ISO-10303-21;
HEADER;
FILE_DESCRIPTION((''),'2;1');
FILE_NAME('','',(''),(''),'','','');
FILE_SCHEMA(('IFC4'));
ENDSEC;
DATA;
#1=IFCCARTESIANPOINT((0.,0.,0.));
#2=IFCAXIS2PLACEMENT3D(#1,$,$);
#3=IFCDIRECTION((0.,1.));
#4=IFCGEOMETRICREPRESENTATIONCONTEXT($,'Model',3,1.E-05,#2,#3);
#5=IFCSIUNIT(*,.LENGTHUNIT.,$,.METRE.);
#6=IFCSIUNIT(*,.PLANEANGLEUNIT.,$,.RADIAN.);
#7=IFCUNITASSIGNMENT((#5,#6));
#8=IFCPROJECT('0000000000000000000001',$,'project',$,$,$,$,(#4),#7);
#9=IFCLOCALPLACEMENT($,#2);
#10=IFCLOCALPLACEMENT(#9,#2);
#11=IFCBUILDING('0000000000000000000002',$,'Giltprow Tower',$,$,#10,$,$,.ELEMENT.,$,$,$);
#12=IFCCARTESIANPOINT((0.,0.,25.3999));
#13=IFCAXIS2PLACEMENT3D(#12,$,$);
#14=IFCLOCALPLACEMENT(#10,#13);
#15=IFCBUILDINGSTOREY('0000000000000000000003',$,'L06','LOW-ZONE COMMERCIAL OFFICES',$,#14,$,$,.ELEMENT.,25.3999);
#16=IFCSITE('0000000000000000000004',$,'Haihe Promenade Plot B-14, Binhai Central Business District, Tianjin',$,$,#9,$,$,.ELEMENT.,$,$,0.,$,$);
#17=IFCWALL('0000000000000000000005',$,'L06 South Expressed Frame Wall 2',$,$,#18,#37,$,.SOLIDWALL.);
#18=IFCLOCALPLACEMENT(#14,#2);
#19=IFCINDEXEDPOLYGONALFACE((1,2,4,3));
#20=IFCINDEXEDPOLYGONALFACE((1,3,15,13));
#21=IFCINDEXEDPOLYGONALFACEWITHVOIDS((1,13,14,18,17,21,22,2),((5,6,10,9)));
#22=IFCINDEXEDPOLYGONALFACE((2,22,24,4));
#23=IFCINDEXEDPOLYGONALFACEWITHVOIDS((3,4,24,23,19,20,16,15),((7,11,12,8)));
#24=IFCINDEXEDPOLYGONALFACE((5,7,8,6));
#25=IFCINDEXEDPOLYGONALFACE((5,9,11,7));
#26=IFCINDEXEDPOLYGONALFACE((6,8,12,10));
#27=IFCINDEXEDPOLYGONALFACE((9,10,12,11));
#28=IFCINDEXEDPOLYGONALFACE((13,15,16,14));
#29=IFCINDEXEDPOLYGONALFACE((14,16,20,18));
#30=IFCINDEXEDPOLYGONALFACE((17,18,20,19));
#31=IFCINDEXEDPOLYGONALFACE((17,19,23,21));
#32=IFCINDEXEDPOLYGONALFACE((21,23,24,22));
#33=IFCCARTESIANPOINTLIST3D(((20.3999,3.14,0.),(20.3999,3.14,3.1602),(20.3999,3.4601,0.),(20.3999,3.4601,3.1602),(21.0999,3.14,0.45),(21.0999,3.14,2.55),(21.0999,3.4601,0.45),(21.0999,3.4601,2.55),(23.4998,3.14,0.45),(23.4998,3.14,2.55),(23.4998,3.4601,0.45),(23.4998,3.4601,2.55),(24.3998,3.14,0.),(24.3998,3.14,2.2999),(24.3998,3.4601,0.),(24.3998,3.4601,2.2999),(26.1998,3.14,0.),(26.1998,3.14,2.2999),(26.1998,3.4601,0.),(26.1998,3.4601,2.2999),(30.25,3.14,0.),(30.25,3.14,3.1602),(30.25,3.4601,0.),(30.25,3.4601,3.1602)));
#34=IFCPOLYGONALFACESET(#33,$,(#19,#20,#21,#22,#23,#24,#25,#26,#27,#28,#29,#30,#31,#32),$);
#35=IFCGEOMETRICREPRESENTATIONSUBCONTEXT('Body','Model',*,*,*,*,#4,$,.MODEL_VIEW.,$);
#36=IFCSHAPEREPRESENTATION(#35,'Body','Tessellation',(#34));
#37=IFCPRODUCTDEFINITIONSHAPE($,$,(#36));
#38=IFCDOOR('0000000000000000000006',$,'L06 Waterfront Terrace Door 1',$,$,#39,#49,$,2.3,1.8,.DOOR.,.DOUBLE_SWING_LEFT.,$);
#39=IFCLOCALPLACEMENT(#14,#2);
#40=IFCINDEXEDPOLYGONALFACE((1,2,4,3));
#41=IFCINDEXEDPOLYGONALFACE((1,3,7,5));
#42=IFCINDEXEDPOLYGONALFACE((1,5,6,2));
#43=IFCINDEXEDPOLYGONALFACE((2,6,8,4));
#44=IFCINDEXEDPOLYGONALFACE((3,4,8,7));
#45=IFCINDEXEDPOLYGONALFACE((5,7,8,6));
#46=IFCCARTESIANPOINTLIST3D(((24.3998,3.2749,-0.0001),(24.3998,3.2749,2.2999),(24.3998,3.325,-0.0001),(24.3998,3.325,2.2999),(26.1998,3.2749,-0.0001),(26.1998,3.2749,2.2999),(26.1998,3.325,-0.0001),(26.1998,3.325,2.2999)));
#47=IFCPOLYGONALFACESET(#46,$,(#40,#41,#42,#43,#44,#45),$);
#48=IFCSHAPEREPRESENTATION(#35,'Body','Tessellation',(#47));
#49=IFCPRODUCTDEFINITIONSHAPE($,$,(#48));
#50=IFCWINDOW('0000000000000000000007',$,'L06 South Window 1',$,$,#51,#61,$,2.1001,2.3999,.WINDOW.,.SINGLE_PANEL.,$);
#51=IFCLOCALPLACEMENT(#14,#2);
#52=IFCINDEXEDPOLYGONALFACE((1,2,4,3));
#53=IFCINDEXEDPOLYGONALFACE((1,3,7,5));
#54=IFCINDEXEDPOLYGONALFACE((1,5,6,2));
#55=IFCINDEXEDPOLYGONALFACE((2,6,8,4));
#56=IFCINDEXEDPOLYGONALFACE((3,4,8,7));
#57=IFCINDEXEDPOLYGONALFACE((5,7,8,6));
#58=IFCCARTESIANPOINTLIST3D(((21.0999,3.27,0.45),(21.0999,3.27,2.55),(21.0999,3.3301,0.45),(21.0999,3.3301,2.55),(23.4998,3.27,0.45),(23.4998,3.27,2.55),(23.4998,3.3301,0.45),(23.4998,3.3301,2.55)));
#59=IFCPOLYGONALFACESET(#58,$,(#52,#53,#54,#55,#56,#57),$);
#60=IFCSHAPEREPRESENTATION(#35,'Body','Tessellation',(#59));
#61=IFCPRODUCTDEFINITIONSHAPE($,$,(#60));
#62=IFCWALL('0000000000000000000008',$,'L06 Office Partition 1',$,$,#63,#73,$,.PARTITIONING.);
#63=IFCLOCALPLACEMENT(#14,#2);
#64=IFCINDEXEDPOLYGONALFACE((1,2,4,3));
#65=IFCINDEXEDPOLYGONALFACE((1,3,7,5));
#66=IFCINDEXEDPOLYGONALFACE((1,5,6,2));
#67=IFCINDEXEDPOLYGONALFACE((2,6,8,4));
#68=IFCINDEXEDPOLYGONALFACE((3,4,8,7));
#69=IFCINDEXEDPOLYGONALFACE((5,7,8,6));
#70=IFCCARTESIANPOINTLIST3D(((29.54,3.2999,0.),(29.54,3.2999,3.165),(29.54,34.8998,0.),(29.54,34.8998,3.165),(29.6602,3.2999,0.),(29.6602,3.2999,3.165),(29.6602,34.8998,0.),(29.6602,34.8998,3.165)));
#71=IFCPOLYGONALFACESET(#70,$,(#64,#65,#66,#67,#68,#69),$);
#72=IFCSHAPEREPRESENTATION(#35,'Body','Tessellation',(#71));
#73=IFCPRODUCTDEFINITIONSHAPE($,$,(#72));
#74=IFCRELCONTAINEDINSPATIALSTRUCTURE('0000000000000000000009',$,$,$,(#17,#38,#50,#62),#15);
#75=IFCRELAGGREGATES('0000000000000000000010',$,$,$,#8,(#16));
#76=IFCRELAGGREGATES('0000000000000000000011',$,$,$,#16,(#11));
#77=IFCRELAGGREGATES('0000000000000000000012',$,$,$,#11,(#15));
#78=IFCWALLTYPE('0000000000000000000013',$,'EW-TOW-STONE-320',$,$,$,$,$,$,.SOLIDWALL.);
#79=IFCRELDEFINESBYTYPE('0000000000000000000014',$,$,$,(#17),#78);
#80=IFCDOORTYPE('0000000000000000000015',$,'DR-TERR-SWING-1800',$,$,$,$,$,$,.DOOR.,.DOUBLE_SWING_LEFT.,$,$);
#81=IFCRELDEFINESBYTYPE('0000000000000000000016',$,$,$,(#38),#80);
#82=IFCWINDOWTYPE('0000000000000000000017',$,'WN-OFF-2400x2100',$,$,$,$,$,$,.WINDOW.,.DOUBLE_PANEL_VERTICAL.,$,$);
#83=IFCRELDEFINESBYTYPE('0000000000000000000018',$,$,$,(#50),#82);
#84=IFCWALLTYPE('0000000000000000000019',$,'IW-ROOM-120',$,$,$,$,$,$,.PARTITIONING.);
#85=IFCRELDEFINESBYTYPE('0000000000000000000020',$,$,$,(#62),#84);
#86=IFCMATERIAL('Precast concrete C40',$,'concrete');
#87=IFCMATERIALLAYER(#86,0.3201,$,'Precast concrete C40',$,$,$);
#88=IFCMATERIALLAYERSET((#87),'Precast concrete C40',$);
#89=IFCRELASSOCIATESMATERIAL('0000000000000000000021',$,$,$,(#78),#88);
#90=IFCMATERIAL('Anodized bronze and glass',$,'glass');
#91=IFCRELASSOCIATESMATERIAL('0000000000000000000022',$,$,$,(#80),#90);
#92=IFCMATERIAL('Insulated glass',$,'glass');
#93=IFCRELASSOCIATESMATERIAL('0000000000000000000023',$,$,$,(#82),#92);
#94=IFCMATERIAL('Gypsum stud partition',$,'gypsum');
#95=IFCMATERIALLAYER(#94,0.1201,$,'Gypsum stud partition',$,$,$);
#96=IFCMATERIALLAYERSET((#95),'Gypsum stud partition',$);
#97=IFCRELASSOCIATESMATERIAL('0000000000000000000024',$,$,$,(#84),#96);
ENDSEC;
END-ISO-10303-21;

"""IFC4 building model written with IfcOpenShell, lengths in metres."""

from ifc_helpers import new_model, si_unit, direction, frame, frame_2d, origin, place, context, subcontext, project, spatial, rectangle, extrude, source, transform, mapped, material, layer, layer_set, type_object, element, fill, save


model = new_model("IFC4")

# Units and contexts
model_context = context("Model", 3, precision=1e-05, world=origin(), true_north=direction((0.0, 1.0)))
body_context = subcontext(model_context, "Body", "Model", "MODEL_VIEW")
ifc_project = project(units=[si_unit("LENGTHUNIT", "METRE"), si_unit("PLANEANGLEUNIT", "RADIAN")], contexts=[model_context])

# Site, building, storey
site_placement = place(None, origin())
site = spatial("IfcSite", under=ifc_project, at=site_placement, Name="Haihe Promenade Plot B-14, Binhai Central Business District, Tianjin", CompositionType="ELEMENT", RefElevation=0.0)
building_placement = place(site_placement, origin())
building = spatial("IfcBuilding", under=site, at=building_placement, Name="Giltprow Tower", CompositionType="ELEMENT")
storey_placement = place(building_placement, frame((0.0, 0.0, 25.3999)))
storey = spatial("IfcBuildingStorey", under=building, at=storey_placement, Name="L06", Description="LOW-ZONE COMMERCIAL OFFICES", CompositionType="ELEMENT", Elevation=25.3999)

# Shared definitions
ifc_material_1 = material(Name="Insulated glass", Category="glass")

# Wall, openings, door, window
ifc_material_2 = material(Name="Precast concrete C40", Category="concrete")
ifc_layer_1 = layer(ifc_material_2, 0.3201, Name="Precast concrete C40")
ifc_layer_set_1 = layer_set([ifc_layer_1], Name="Precast concrete C40")
wall_type_1 = type_object("IfcWallType", Name="EW-TOW-STONE-320", PredefinedType="SOLIDWALL", material=ifc_layer_set_1)
wall_1_placement = place(storey_placement, frame((20.3999, 3.3, 0.0), z_axis=(0.0, 0.0, 1.0), x_axis=(1.0, 0.0, 0.0)))
wall_1 = element("IfcWall", 1, at=wall_1_placement, inside=storey, type_object=wall_type_1, Name="L06 South Expressed Frame Wall 2", PredefinedType="SOLIDWALL", context=body_context, shape_type="SweptSolid", body=[
    extrude(rectangle(XDim=9.8501, YDim=0.3201, at=frame_2d((4.925, 0.0))), origin(), (0.0, 0.0, 1.0), 3.1602),
])
opening_1_placement = place(wall_1_placement, frame((4.0, 0.0, 0.0)))
opening_1 = element("IfcOpeningElement", 2, at=opening_1_placement, cuts=wall_1, PredefinedType="OPENING", context=body_context, shape_type="SweptSolid", body=[
    extrude(rectangle(XDim=1.8, YDim=2.3, at=frame_2d((0.8999, 1.1499))), frame((0.0, 0.1699, 0.0), z_axis=(0.0, -1.0, 0.0), x_axis=(1.0, 0.0, 0.0)), (0.0, 0.0, 1.0), 0.3401),
])
opening_2_placement = place(wall_1_placement, frame((0.7, 0.0, 0.45)))
opening_2 = element("IfcOpeningElement", 3, at=opening_2_placement, cuts=wall_1, PredefinedType="OPENING", context=body_context, shape_type="SweptSolid", body=[
    extrude(rectangle(XDim=2.3999, YDim=2.1001, at=frame_2d((1.2, 1.05))), frame((0.0, 0.1699, 0.0), z_axis=(0.0, -1.0, 0.0), x_axis=(1.0, 0.0, 0.0)), (0.0, 0.0, 1.0), 0.3401),
])
ifc_material_3 = material(Name="Anodized bronze and glass", Category="glass")
door_type = type_object("IfcDoorType", Name="DR-TERR-SWING-1800", OperationType="DOUBLE_SWING_LEFT", PredefinedType="DOOR", material=ifc_material_3)
shared_shape_1 = source(origin(), body_context, "Body", "SweptSolid", [
    extrude(rectangle(XDim=1.8, YDim=2.3, at=frame_2d((0.8999, 1.1499))), frame((0.0, 0.0249, 0.0), z_axis=(0.0, -1.0, 0.0), x_axis=(1.0, 0.0, 0.0)), (0.0, 0.0, 1.0), 0.05),
])
door_placement = place(opening_1_placement, origin())
door = element("IfcDoor", 4, at=door_placement, inside=storey, type_object=door_type, Name="L06 Waterfront Terrace Door 1", OperationType="DOUBLE_SWING_LEFT", OverallHeight=2.3, OverallWidth=1.8, PredefinedType="DOOR", context=body_context, shape_type="MappedRepresentation", body=[
    mapped(shared_shape_1, transform((0.0, 0.0, 0.0), x_axis=(1.0, 0.0, 0.0), y_axis=(0.0, 1.0, 0.0), z_axis=(0.0, 0.0, 1.0), scale=1.0)),
])
fill(opening_1, door)
window_type = type_object("IfcWindowType", Name="WN-OFF-2400x2100", PartitioningType="DOUBLE_PANEL_VERTICAL", PredefinedType="WINDOW", material=ifc_material_1)
shared_shape_2 = source(origin(), body_context, "Body", "SweptSolid", [
    extrude(rectangle(XDim=2.3999, YDim=2.1001, at=frame_2d((1.2, 1.05))), frame((0.0, 0.03, 0.0), z_axis=(0.0, -1.0, 0.0), x_axis=(1.0, 0.0, 0.0)), (0.0, 0.0, 1.0), 0.0601),
])
window_placement = place(opening_2_placement, origin())
window = element("IfcWindow", 5, at=window_placement, inside=storey, type_object=window_type, Name="L06 South Window 1", OverallHeight=2.1001, OverallWidth=2.3999, PartitioningType="SINGLE_PANEL", PredefinedType="WINDOW", context=body_context, shape_type="MappedRepresentation", body=[
    mapped(shared_shape_2, transform((0.0, 0.0, 0.0), x_axis=(1.0, 0.0, 0.0), y_axis=(0.0, 1.0, 0.0), z_axis=(0.0, 0.0, 1.0), scale=1.0)),
])
fill(opening_2, window)

# Wall
ifc_material_4 = material(Name="Gypsum stud partition", Category="gypsum")
ifc_layer_2 = layer(ifc_material_4, 0.1201, Name="Gypsum stud partition")
ifc_layer_set_2 = layer_set([ifc_layer_2], Name="Gypsum stud partition")
wall_type_2 = type_object("IfcWallType", Name="IW-ROOM-120", PredefinedType="PARTITIONING", material=ifc_layer_set_2)
wall_2_placement = place(storey_placement, frame((29.6001, 3.3, 0.0), z_axis=(0.0, 0.0, 1.0), x_axis=(0.0, 1.0, 0.0)))
element("IfcWall", 6, at=wall_2_placement, inside=storey, type_object=wall_type_2, Name="L06 Office Partition 1", PredefinedType="PARTITIONING", context=body_context, shape_type="SweptSolid", body=[
    extrude(rectangle(XDim=31.5999, YDim=0.1201, at=frame_2d((15.7998, 0.0))), origin(), (0.0, 0.0, 1.0), 3.165),
])

save(model, "model.ifc")
